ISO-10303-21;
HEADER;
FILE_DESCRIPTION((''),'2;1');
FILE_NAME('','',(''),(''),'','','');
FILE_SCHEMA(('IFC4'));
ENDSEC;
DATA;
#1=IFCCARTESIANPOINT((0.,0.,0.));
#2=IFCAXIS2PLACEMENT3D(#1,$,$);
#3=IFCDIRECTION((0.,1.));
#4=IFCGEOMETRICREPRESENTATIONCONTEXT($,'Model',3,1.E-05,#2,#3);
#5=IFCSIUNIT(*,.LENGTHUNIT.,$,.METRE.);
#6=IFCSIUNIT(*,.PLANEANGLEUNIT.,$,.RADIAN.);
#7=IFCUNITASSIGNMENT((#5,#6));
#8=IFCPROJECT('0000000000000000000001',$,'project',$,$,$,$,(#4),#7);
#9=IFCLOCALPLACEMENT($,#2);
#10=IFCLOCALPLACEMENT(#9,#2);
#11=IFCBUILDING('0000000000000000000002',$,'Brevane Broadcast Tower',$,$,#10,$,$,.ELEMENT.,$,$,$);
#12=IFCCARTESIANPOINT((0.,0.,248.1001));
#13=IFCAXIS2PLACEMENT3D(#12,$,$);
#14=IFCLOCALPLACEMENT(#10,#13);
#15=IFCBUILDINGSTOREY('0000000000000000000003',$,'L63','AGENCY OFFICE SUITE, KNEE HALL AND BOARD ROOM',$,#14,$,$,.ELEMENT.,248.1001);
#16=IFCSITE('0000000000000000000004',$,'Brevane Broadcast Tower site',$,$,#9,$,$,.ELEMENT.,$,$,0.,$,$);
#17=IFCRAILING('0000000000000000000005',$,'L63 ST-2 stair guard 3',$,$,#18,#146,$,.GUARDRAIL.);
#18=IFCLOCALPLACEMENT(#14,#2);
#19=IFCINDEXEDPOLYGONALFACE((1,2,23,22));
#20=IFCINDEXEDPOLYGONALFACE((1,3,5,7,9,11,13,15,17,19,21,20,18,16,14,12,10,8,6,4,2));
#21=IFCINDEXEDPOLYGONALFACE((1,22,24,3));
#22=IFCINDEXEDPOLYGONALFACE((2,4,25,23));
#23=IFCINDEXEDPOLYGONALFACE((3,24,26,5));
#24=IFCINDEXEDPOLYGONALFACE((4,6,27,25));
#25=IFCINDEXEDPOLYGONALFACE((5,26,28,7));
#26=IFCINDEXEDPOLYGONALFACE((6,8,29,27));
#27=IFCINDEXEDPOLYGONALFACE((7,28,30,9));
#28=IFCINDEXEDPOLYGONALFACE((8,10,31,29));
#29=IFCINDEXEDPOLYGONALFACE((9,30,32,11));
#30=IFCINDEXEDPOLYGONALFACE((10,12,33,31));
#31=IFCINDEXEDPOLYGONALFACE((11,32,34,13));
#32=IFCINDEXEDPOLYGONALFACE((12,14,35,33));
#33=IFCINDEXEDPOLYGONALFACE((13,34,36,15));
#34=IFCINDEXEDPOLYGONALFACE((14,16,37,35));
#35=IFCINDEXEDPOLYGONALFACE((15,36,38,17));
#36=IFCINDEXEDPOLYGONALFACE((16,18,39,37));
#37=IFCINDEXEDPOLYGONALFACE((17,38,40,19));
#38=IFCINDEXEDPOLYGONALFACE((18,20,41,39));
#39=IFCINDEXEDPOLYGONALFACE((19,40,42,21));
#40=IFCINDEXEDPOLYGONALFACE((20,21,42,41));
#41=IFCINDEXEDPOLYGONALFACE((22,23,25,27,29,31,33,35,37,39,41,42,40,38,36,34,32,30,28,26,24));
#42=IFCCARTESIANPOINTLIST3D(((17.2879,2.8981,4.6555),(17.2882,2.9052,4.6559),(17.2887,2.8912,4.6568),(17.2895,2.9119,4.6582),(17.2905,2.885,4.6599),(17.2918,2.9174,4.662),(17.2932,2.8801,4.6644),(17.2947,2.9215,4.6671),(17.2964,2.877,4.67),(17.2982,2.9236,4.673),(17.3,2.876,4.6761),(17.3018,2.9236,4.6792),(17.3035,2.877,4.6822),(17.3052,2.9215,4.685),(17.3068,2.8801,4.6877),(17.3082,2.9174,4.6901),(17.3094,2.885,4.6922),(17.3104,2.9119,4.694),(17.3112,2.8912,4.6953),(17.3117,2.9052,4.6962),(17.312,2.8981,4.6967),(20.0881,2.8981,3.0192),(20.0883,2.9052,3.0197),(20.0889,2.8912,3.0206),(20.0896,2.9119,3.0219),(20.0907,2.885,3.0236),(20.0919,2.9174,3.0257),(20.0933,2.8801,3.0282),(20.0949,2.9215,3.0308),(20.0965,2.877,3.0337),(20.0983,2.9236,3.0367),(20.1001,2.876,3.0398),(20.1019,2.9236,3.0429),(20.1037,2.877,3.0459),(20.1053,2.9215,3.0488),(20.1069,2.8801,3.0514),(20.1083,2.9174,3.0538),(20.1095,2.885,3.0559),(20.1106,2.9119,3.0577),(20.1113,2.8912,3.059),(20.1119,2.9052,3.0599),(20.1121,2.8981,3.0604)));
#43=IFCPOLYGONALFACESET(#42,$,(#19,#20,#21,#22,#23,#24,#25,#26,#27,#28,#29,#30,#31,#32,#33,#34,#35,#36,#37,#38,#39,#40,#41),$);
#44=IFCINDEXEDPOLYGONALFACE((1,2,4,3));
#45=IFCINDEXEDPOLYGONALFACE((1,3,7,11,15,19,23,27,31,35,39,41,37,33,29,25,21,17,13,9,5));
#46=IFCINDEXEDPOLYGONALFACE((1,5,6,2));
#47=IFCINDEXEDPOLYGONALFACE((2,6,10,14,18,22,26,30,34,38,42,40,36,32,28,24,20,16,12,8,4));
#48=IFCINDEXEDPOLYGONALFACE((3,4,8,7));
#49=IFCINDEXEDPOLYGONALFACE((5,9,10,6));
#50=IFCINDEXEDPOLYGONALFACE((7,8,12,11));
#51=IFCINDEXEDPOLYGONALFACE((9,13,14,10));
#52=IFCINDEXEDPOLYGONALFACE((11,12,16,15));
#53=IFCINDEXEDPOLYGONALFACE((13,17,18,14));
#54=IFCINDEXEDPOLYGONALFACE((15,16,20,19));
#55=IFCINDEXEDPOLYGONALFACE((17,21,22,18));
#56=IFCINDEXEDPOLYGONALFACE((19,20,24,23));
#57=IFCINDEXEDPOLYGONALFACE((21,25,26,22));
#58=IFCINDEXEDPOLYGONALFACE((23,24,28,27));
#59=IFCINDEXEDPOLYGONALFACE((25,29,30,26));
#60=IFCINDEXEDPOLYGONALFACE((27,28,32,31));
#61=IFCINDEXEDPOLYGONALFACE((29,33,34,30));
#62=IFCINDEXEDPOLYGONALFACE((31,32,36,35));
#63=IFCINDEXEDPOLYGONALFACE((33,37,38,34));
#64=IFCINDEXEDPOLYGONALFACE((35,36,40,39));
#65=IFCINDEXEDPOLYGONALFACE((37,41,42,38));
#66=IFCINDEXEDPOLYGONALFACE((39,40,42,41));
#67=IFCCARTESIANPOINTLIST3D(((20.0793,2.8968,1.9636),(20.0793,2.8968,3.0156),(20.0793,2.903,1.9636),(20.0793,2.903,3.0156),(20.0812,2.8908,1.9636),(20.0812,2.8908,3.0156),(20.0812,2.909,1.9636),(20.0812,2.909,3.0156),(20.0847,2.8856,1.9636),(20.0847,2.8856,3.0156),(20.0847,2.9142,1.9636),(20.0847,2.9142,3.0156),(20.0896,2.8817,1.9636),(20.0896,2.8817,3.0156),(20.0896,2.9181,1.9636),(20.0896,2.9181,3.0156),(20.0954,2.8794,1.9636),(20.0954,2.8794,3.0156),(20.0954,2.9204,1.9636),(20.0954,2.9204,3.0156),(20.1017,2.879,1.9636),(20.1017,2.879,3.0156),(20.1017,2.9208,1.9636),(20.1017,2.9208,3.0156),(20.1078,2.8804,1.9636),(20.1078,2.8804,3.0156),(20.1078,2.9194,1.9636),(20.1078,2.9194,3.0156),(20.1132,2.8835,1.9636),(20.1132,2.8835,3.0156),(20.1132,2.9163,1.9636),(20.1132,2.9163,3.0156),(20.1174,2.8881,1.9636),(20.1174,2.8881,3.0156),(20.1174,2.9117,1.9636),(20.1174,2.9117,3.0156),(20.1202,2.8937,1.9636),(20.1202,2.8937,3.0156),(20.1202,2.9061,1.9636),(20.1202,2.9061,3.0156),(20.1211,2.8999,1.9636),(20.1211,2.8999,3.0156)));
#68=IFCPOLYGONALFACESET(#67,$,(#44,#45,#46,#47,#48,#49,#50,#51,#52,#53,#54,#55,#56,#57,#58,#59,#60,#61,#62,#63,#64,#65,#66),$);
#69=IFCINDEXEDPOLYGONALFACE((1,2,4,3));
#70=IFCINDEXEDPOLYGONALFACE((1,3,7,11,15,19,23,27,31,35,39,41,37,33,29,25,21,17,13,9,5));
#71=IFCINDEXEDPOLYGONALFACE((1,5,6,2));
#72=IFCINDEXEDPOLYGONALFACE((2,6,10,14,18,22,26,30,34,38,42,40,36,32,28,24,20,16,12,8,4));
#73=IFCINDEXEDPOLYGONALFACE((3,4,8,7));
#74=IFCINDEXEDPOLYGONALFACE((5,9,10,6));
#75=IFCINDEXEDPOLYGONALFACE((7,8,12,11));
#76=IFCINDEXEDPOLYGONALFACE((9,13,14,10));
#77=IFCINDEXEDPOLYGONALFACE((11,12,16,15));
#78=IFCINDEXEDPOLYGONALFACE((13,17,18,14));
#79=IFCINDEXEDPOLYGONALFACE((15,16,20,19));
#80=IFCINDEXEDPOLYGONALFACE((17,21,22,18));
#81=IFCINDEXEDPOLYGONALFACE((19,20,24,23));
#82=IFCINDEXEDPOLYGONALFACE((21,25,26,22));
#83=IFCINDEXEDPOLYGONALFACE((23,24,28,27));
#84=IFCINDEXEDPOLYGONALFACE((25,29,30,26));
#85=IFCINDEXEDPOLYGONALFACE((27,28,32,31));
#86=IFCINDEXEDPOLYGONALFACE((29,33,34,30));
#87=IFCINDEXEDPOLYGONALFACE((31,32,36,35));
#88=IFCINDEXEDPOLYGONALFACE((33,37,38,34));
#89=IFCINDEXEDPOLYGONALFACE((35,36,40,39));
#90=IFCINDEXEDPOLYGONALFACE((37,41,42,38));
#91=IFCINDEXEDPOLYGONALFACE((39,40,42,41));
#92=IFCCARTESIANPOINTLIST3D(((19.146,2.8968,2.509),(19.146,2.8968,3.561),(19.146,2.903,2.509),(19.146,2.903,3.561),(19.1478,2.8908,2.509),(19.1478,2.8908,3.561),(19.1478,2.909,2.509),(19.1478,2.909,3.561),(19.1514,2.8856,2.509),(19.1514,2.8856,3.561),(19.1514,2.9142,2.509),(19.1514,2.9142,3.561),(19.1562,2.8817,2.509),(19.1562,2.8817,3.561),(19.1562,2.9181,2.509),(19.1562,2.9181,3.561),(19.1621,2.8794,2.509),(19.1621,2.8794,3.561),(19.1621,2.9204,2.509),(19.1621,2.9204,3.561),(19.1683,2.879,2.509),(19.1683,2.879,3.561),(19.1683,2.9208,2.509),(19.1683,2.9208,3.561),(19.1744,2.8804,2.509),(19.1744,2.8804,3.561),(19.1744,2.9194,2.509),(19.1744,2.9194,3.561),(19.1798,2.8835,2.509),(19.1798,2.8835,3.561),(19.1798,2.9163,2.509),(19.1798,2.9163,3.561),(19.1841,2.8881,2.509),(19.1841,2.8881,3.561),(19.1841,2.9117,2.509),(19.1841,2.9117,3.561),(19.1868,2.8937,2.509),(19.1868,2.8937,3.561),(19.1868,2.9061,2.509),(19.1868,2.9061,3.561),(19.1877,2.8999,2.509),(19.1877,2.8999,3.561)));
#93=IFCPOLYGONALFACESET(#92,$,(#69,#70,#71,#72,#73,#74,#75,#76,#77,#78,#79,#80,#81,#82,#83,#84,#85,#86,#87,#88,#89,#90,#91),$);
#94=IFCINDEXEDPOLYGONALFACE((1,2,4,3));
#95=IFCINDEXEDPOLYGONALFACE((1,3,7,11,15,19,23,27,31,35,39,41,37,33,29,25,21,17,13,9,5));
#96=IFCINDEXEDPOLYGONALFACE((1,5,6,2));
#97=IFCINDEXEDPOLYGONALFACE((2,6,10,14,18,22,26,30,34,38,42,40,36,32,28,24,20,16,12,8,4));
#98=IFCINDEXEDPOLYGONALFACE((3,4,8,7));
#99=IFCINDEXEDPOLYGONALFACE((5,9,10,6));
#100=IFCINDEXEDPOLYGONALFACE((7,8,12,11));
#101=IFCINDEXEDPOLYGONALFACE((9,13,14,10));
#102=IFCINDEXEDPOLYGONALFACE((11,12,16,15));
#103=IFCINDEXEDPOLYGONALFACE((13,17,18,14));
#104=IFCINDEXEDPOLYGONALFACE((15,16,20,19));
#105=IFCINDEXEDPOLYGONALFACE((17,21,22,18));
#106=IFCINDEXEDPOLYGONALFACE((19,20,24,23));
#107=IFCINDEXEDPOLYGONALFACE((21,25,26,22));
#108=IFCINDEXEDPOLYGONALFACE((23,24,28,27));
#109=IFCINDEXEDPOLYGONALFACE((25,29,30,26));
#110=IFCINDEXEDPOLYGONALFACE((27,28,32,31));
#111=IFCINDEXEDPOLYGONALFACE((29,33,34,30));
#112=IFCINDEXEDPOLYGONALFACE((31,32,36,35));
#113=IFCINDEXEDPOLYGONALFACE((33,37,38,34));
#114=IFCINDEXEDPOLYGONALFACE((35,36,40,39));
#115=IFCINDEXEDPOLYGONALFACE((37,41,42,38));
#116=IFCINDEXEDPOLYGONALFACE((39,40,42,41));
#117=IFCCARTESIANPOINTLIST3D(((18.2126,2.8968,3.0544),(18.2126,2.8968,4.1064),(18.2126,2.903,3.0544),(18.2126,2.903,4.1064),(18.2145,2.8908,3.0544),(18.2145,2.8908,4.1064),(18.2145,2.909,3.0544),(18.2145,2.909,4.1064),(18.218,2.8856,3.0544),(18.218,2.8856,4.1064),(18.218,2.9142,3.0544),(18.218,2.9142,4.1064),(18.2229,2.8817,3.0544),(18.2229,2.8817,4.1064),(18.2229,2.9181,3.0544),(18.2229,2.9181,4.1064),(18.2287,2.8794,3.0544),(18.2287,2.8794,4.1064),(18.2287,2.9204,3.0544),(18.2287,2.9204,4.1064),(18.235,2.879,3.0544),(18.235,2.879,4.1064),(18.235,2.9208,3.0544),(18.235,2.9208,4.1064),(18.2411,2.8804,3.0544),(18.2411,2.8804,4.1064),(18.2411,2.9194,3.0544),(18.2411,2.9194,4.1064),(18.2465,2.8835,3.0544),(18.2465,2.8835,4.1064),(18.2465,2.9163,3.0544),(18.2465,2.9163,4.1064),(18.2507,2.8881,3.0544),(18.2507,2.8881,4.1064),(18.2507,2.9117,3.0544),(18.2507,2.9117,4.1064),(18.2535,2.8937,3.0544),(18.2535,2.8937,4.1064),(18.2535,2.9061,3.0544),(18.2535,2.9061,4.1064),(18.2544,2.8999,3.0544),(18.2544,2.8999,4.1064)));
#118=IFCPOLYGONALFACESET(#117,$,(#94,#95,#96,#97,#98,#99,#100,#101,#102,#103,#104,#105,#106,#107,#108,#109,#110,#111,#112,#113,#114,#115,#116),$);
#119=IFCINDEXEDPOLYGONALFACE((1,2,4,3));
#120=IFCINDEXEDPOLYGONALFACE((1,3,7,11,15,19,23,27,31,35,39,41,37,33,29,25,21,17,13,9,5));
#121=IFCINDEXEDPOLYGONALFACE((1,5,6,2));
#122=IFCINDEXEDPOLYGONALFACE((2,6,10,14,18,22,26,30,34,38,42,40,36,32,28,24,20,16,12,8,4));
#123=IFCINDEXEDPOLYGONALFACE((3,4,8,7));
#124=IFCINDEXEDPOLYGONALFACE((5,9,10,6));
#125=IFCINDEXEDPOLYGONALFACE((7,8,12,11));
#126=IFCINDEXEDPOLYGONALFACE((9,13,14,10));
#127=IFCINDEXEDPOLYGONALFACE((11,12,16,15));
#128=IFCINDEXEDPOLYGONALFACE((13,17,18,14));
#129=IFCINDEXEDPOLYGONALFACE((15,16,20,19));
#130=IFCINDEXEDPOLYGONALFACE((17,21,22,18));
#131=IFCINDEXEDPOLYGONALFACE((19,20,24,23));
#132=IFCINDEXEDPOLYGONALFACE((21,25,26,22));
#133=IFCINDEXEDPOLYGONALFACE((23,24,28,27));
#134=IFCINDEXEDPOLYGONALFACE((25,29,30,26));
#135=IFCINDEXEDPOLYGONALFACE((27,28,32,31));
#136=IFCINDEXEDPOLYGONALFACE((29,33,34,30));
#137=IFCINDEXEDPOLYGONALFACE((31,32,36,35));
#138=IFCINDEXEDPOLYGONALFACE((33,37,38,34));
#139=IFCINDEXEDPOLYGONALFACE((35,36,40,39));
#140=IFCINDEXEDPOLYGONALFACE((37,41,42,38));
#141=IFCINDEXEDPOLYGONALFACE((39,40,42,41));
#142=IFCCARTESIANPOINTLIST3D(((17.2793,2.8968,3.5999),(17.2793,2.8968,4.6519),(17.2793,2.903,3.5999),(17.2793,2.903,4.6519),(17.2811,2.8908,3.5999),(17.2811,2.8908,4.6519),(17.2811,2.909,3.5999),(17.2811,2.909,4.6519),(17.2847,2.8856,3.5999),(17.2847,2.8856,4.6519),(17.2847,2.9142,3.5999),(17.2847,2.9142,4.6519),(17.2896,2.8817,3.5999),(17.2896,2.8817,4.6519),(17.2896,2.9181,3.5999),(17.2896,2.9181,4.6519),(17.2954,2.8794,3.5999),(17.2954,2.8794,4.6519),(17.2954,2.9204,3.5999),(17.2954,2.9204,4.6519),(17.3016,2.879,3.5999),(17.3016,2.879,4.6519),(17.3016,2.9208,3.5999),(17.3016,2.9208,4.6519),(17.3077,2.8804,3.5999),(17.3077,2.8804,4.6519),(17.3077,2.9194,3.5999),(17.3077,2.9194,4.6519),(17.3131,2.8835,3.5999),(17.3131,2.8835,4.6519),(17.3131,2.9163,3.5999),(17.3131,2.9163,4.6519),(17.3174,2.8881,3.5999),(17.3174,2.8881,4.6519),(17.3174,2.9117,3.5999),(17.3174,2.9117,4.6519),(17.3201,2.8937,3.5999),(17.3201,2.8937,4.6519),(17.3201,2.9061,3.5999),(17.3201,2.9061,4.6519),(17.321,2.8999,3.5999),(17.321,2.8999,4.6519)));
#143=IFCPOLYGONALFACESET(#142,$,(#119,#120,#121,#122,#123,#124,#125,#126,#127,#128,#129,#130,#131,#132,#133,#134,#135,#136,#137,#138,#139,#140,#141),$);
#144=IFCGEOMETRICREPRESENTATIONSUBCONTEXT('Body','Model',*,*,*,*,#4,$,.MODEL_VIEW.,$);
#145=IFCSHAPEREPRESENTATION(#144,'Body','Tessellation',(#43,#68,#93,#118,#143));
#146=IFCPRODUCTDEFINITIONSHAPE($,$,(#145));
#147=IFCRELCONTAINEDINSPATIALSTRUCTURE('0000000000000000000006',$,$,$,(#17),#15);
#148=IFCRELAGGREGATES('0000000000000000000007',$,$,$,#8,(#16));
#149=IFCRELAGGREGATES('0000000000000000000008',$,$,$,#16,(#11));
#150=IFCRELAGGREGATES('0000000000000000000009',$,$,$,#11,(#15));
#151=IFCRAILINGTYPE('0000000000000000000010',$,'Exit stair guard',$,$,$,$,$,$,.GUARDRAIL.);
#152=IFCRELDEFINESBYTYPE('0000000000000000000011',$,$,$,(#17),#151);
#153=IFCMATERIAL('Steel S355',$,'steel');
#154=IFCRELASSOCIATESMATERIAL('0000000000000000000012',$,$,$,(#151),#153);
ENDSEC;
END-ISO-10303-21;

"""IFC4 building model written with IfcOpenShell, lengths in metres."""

from ifc_helpers import new_model, si_unit, direction, frame, origin, origin_2d, place, context, subcontext, project, spatial, circle, extrude, material, type_object, element, save


model = new_model("IFC4")

# Units and contexts
model_context = context("Model", 3, precision=1e-05, world=origin(), true_north=direction((0.0, 1.0)))
body_context = subcontext(model_context, "Body", "Model", "MODEL_VIEW")
ifc_project = project(units=[si_unit("LENGTHUNIT", "METRE"), si_unit("PLANEANGLEUNIT", "RADIAN")], contexts=[model_context])

# Site, building, storey
site_placement = place(None, origin())
site = spatial("IfcSite", under=ifc_project, at=site_placement, Name="Brevane Broadcast Tower site", CompositionType="ELEMENT", RefElevation=0.0)
building_placement = place(site_placement, origin())
building = spatial("IfcBuilding", under=site, at=building_placement, Name="Brevane Broadcast Tower", CompositionType="ELEMENT")
storey_placement = place(building_placement, frame((0.0, 0.0, 248.1001)))
storey = spatial("IfcBuildingStorey", under=building, at=storey_placement, Name="L63", Description="AGENCY OFFICE SUITE, KNEE HALL AND BOARD ROOM", CompositionType="ELEMENT", Elevation=248.1001)

# Railing
ifc_material_1 = material(Name="Steel S355", Category="steel")
railing_type_1 = type_object("IfcRailingType", Name="Exit stair guard", PredefinedType="GUARDRAIL", material=ifc_material_1)
railing_1_placement = place(storey_placement, frame((20.1001, 2.8999, 1.9636)))
element("IfcRailing", 1, at=railing_1_placement, inside=storey, type_object=railing_type_1, Name="L63 ST-2 stair guard 3", PredefinedType="GUARDRAIL", context=body_context, shape_type="SweptSolid", body=[
    extrude(circle(Radius=0.0239, at=origin_2d()), frame((0.0, 0.0, 1.0762), z_axis=(-0.863394, 0.0, 0.504531), x_axis=(0.0, -1.0, 0.0)), (0.0, 0.0, 1.0), 3.2432),
    extrude(circle(Radius=0.021, at=origin_2d()), origin(), (0.0, 0.0, 1.0), 1.052),
    extrude(circle(Radius=0.021, at=origin_2d()), frame((-0.9333, 0.0, 0.5454)), (0.0, 0.0, 1.0), 1.052),
    extrude(circle(Radius=0.021, at=origin_2d()), frame((-1.8667, 0.0, 1.0908)), (0.0, 0.0, 1.0), 1.052),
    extrude(circle(Radius=0.021, at=origin_2d()), frame((-2.8, 0.0, 1.6362)), (0.0, 0.0, 1.0), 1.052),
])

save(model, "model.ifc")
